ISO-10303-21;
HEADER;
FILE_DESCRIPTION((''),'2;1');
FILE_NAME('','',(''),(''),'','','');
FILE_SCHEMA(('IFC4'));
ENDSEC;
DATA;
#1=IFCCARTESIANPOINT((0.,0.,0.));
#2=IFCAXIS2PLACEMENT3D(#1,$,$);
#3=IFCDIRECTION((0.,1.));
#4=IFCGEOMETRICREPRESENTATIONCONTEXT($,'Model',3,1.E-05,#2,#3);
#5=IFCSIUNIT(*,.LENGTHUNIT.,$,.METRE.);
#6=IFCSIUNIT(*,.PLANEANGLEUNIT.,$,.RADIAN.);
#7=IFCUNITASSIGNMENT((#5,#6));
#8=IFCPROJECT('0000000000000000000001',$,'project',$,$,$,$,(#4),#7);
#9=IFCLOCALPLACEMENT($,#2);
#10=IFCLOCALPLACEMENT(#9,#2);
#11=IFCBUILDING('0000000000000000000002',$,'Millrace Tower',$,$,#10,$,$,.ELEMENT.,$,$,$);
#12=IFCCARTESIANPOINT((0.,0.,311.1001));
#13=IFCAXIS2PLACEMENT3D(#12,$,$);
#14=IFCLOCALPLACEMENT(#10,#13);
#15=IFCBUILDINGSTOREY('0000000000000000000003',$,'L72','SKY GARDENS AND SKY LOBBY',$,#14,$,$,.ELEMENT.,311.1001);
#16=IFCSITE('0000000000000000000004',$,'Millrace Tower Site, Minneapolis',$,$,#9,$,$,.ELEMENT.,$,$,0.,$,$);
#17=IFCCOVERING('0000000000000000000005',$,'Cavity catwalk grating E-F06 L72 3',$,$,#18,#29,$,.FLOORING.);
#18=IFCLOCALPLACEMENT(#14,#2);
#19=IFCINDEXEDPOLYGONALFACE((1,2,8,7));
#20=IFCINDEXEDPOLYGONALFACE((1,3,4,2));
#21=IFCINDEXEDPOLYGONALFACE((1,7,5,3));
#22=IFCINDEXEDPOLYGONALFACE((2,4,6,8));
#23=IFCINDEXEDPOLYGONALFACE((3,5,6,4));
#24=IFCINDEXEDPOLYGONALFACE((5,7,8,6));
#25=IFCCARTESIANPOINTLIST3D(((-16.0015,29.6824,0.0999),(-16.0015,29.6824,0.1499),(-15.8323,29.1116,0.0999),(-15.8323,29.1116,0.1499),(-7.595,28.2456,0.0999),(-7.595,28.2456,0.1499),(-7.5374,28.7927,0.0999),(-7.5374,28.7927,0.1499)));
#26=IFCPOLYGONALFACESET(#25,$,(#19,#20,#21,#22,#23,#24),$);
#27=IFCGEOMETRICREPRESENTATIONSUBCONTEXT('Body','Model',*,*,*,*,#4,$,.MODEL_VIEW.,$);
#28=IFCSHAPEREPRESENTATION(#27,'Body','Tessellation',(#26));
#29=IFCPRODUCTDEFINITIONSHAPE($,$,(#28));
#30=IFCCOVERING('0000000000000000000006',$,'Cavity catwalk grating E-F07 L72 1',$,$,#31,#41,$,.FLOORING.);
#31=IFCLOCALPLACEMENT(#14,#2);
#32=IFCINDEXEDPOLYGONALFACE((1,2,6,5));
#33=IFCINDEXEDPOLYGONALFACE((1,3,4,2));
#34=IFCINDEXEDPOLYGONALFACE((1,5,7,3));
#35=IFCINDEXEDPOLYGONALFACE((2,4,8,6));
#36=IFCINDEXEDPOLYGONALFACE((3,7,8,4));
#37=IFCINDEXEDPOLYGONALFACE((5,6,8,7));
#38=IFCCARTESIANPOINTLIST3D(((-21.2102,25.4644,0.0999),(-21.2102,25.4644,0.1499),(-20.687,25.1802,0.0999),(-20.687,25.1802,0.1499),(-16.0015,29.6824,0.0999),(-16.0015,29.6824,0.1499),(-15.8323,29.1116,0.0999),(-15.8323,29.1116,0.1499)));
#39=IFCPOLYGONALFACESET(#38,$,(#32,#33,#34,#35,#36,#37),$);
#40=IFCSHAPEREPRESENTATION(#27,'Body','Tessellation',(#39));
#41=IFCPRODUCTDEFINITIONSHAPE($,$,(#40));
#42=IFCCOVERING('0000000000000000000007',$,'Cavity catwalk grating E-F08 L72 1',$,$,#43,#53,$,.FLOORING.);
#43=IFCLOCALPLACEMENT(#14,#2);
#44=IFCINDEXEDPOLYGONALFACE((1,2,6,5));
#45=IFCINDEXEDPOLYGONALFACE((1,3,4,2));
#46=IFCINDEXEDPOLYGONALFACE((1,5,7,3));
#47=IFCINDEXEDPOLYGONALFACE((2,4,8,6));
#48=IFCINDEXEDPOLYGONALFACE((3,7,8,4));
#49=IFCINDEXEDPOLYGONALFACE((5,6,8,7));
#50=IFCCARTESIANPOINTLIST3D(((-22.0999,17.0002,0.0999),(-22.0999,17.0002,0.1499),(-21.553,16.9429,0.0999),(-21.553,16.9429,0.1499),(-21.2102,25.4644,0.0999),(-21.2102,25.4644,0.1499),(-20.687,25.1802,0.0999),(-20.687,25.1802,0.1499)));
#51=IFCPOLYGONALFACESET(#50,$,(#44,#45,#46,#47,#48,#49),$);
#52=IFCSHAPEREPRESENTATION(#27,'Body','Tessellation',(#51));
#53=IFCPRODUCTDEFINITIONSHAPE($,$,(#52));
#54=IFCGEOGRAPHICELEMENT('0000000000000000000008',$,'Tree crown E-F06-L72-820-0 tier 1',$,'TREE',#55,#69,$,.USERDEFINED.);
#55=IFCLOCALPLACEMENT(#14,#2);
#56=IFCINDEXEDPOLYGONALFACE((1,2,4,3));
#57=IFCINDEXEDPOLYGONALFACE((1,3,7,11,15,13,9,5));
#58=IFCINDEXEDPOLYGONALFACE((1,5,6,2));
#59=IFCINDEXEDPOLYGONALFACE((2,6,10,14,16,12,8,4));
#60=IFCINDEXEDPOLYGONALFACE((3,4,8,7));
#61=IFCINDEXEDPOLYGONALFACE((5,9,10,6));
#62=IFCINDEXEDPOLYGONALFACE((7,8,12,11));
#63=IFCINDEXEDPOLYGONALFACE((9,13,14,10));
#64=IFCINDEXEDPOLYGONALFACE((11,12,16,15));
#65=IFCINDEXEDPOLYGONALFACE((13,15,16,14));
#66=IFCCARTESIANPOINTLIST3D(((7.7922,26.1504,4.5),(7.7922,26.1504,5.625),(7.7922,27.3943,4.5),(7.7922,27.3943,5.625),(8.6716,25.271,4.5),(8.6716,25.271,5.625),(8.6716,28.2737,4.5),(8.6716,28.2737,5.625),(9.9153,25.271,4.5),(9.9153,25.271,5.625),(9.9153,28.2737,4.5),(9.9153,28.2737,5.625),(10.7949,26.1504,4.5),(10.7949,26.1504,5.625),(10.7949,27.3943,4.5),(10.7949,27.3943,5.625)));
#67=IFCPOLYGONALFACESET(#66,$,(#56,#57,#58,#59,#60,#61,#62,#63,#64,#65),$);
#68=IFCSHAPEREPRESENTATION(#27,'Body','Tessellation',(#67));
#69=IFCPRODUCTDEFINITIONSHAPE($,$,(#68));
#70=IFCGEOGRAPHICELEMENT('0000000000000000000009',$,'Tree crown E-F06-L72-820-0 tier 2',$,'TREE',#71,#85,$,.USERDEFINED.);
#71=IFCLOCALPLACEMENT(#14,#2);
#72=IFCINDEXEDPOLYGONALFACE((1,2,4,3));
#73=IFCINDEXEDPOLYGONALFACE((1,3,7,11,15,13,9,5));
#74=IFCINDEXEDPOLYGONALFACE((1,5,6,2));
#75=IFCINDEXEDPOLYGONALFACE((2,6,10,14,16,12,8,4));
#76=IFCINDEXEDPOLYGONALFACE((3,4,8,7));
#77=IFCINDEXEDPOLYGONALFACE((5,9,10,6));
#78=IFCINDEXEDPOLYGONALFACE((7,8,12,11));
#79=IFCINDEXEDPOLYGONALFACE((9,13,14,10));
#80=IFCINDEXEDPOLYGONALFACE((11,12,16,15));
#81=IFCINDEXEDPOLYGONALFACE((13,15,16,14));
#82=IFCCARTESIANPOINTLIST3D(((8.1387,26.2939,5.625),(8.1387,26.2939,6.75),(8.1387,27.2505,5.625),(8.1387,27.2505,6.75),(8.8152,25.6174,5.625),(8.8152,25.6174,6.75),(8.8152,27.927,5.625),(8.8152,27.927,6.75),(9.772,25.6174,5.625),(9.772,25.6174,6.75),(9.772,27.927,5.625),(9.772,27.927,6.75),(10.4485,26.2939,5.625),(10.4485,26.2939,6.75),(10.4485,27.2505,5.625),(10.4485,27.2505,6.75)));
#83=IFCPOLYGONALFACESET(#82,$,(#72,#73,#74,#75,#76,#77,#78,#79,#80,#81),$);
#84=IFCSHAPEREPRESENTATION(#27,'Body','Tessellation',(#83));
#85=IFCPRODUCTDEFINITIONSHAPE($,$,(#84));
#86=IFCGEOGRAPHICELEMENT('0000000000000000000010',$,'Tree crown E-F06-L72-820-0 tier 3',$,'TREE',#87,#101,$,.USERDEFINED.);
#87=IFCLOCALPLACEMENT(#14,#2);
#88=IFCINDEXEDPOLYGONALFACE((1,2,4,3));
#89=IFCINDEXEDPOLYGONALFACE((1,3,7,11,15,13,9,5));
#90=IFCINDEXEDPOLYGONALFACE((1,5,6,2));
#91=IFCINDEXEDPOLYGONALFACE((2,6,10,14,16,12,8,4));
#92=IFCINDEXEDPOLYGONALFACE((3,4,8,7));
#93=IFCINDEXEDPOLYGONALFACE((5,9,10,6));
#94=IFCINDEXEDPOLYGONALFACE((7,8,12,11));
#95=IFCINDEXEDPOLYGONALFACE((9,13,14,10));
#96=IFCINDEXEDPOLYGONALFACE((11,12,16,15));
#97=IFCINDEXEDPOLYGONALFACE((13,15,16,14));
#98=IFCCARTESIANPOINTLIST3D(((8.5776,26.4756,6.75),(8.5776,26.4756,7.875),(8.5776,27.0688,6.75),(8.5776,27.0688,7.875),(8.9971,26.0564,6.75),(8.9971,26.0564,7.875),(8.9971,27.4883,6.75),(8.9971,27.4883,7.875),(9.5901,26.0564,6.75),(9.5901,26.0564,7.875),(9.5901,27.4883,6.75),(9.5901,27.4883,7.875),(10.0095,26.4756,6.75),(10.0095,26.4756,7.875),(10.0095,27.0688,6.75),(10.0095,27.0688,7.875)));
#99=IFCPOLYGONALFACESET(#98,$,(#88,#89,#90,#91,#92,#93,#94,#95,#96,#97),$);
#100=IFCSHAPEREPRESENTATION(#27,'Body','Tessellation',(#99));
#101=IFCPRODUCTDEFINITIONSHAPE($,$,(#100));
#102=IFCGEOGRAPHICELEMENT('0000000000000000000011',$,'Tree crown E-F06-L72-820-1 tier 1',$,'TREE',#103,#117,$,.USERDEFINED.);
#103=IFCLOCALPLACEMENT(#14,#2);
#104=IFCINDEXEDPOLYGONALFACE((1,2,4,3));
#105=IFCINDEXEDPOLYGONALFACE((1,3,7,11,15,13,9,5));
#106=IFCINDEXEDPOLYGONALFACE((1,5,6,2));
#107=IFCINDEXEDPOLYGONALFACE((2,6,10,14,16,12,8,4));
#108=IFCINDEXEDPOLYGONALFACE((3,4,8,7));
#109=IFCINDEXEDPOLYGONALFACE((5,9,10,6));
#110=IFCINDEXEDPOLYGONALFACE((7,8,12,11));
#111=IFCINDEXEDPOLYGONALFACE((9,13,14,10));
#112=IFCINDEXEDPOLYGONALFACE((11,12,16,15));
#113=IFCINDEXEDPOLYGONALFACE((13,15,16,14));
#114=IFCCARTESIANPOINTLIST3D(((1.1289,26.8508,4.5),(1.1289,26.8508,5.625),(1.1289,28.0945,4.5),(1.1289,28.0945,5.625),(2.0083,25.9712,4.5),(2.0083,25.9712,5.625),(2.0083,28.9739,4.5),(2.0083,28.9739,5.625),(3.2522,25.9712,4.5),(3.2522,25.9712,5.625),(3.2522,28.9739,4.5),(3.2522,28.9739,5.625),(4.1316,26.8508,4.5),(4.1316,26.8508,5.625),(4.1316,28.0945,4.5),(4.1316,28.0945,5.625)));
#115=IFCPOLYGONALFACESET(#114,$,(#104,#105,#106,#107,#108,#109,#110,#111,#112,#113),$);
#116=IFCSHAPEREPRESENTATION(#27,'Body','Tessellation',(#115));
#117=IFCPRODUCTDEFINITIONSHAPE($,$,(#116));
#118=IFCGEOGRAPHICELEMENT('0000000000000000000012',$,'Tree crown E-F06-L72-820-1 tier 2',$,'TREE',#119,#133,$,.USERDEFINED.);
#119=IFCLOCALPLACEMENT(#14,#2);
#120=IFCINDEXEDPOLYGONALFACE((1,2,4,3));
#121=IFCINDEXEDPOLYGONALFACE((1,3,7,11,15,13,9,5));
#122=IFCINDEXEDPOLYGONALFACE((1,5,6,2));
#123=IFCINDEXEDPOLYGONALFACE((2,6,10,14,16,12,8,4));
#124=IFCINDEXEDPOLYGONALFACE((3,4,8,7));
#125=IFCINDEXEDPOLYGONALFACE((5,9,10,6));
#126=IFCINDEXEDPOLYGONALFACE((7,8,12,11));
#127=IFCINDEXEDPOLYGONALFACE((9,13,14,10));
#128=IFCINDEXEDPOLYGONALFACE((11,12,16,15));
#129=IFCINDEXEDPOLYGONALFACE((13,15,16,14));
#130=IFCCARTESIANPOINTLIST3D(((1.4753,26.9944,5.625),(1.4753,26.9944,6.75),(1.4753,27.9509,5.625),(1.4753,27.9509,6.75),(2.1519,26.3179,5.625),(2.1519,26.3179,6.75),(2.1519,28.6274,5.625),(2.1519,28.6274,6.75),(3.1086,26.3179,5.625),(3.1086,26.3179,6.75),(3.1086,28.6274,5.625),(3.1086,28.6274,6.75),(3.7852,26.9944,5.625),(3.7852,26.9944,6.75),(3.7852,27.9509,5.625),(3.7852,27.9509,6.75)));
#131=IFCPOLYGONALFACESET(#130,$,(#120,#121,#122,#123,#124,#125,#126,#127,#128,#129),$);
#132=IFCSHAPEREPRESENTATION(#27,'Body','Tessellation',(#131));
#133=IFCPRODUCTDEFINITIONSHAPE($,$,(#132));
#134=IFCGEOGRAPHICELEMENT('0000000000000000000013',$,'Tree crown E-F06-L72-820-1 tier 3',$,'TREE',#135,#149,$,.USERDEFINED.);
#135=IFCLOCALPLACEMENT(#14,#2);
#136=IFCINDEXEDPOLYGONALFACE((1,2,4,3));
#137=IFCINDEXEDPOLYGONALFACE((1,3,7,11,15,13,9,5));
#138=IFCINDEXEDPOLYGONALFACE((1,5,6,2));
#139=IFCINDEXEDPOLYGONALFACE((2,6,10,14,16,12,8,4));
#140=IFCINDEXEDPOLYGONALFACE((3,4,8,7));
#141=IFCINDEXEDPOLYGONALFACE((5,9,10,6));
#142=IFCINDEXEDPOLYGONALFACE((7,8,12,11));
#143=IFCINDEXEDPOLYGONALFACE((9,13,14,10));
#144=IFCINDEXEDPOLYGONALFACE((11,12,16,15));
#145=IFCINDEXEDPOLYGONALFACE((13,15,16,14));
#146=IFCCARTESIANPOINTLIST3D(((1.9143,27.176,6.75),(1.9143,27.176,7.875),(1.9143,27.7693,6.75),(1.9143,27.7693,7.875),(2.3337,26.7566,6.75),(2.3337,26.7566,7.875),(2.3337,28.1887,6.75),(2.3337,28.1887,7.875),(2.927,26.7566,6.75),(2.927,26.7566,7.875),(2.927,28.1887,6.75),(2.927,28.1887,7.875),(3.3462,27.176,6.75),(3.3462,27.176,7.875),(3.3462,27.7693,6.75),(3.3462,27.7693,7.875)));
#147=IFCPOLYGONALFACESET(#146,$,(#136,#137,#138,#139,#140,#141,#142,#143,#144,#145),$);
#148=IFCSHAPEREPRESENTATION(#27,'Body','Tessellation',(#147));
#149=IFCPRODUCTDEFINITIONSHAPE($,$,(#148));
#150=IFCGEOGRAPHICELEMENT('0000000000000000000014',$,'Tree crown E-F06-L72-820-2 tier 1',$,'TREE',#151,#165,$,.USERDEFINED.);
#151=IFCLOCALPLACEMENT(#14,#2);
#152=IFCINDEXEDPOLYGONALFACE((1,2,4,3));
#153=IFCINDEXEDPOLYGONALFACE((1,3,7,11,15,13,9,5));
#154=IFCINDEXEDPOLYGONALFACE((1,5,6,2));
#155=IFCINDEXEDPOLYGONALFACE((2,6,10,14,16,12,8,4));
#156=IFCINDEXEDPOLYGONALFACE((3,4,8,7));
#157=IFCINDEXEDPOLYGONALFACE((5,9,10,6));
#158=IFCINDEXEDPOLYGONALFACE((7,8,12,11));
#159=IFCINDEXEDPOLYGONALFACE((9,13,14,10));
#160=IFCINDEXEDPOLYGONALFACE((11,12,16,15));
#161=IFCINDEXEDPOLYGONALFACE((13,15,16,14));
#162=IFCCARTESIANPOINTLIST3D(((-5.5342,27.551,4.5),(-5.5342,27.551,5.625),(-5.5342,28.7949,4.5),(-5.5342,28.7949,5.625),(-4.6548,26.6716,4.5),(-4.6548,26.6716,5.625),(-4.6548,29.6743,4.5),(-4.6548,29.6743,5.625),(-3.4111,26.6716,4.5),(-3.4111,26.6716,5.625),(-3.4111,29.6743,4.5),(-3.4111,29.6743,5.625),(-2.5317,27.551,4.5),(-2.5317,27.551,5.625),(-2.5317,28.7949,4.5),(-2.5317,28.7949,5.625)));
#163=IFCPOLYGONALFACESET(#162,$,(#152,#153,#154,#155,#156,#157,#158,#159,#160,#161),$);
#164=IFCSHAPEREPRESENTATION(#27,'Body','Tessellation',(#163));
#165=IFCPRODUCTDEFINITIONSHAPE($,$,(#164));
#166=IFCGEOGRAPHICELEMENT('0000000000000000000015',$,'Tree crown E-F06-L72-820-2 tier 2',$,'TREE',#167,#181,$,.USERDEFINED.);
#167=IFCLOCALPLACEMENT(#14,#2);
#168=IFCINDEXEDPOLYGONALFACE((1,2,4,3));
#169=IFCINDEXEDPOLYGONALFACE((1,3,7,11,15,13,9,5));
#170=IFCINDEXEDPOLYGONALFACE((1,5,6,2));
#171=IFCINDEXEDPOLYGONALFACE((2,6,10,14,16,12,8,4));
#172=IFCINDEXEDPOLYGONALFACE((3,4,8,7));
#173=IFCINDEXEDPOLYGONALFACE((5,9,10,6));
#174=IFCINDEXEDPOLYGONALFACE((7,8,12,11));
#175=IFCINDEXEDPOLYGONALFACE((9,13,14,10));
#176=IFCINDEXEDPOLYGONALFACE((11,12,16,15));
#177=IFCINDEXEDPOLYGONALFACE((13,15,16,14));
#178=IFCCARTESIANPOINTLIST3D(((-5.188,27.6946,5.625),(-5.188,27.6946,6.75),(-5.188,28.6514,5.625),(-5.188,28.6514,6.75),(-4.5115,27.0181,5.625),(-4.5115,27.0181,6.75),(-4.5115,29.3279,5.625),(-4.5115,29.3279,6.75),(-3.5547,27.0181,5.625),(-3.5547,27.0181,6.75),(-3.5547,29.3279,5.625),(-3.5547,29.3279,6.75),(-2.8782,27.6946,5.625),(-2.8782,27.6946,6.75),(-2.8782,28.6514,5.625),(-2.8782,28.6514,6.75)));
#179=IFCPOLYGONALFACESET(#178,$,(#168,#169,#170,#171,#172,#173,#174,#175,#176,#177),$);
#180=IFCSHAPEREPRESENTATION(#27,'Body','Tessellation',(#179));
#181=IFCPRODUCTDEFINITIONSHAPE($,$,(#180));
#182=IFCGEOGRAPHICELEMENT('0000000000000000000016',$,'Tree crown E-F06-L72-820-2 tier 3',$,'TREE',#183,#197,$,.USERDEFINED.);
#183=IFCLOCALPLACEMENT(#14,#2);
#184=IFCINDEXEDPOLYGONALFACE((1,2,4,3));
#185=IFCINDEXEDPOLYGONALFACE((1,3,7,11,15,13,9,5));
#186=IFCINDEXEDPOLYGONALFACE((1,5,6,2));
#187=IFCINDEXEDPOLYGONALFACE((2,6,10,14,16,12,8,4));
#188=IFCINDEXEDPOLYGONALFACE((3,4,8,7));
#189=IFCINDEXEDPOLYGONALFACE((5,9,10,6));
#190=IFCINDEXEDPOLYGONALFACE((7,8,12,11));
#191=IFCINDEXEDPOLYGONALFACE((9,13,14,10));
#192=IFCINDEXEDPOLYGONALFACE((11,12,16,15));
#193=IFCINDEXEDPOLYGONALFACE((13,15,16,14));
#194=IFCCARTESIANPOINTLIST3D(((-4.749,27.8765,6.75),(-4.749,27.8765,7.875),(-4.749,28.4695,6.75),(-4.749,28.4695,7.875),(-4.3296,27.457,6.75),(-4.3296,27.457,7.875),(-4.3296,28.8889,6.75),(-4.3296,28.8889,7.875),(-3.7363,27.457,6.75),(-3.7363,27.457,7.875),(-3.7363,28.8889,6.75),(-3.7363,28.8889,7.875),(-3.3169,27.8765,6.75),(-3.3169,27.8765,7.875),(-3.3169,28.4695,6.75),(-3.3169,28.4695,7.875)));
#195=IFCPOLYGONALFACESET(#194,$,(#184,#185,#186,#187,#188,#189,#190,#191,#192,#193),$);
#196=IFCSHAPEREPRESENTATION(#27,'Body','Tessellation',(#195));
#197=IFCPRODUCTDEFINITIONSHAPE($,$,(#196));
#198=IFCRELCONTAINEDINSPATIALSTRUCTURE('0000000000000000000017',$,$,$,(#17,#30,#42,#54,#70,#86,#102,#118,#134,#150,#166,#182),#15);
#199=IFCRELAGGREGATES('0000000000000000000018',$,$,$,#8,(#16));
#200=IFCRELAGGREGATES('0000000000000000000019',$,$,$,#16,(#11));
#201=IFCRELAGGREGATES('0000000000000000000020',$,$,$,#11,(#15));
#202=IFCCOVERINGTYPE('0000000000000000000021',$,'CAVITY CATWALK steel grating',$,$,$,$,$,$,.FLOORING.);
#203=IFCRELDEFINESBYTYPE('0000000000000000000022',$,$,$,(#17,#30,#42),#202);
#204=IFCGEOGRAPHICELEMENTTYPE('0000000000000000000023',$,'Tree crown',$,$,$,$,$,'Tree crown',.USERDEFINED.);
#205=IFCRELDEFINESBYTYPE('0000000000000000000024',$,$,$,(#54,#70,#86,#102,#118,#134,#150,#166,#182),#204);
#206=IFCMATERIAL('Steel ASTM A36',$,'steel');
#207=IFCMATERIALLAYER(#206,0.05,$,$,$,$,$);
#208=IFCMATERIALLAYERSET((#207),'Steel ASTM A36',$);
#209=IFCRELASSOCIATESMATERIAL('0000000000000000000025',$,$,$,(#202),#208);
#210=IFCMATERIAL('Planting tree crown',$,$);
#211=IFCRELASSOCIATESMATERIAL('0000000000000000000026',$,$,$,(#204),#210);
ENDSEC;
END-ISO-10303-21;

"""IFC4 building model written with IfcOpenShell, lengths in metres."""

from ifc_helpers import new_model, si_unit, direction, frame, origin, place, context, subcontext, project, spatial, polyline, outline, extrude, material, layer, layer_set, type_object, element, save


model = new_model("IFC4")

# Units and contexts
model_context = context("Model", 3, precision=1e-05, world=origin(), true_north=direction((0.0, 1.0)))
body_context = subcontext(model_context, "Body", "Model", "MODEL_VIEW")
ifc_project = project(units=[si_unit("LENGTHUNIT", "METRE"), si_unit("PLANEANGLEUNIT", "RADIAN")], contexts=[model_context])

# Site, building, storey
site_placement = place(None, origin())
site = spatial("IfcSite", under=ifc_project, at=site_placement, Name="Millrace Tower Site, Minneapolis", CompositionType="ELEMENT", RefElevation=0.0)
building_placement = place(site_placement, origin())
building = spatial("IfcBuilding", under=site, at=building_placement, Name="Millrace Tower", CompositionType="ELEMENT")
storey_placement = place(building_placement, frame((0.0, 0.0, 311.1001)))
storey = spatial("IfcBuildingStorey", under=building, at=storey_placement, Name="L72", Description="SKY GARDENS AND SKY LOBBY", CompositionType="ELEMENT", Elevation=311.1001)

# Coverings
ifc_material_1 = material(Name="Steel ASTM A36", Category="steel")
ifc_layer_1 = layer(ifc_material_1, 0.05)
ifc_layer_set_1 = layer_set([ifc_layer_1], Name="Steel ASTM A36")
covering_type = type_object("IfcCoveringType", Name="CAVITY CATWALK steel grating", PredefinedType="FLOORING", material=ifc_layer_set_1)
placement_1 = place(storey_placement, frame((0.0, 0.0, 0.0999)))
element("IfcCovering", 1, at=placement_1, inside=storey, type_object=covering_type, Name="Cavity catwalk grating E-F06 L72 3", PredefinedType="FLOORING", context=body_context, shape_type="SweptSolid", body=[
    extrude(outline(polyline([(-7.5374, 28.7927), (-16.0015, 29.6824), (-15.8323, 29.1116), (-7.595, 28.2456), (-7.5374, 28.7927)])), origin(), (0.0, 0.0, 1.0), 0.05),
])
element("IfcCovering", 2, at=placement_1, inside=storey, type_object=covering_type, Name="Cavity catwalk grating E-F07 L72 1", PredefinedType="FLOORING", context=body_context, shape_type="SweptSolid", body=[
    extrude(outline(polyline([(-16.0015, 29.6824), (-21.2102, 25.4644), (-20.687, 25.1802), (-15.8323, 29.1116), (-16.0015, 29.6824)])), origin(), (0.0, 0.0, 1.0), 0.05),
])
element("IfcCovering", 3, at=placement_1, inside=storey, type_object=covering_type, Name="Cavity catwalk grating E-F08 L72 1", PredefinedType="FLOORING", context=body_context, shape_type="SweptSolid", body=[
    extrude(outline(polyline([(-21.2102, 25.4644), (-22.0999, 17.0002), (-21.553, 16.9429), (-20.687, 25.1802), (-21.2102, 25.4644)])), origin(), (0.0, 0.0, 1.0), 0.05),
])

# Geographic elements
ifc_material_2 = material(Name="Planting tree crown")
geographic_element_type = type_object("IfcGeographicElementType", Name="Tree crown", ElementType="Tree crown", PredefinedType="USERDEFINED", material=ifc_material_2)
placement_2 = place(storey_placement, frame((0.0, 0.0, 4.5)))
element("IfcGeographicElement", 4, at=placement_2, inside=storey, type_object=geographic_element_type, Name="Tree crown E-F06-L72-820-0 tier 1", ObjectType="TREE", PredefinedType="USERDEFINED", context=body_context, shape_type="SweptSolid", body=[
    extrude(outline(polyline([(10.7949, 27.3943), (9.9153, 28.2737), (8.6716, 28.2737), (7.7922, 27.3943), (7.7922, 26.1504), (8.6716, 25.271), (9.9153, 25.271), (10.7949, 26.1504), (10.7949, 27.3943)])), origin(), (0.0, 0.0, 1.0), 1.125),
])
placement_3 = place(storey_placement, frame((0.0, 0.0, 5.625)))
element("IfcGeographicElement", 5, at=placement_3, inside=storey, type_object=geographic_element_type, Name="Tree crown E-F06-L72-820-0 tier 2", ObjectType="TREE", PredefinedType="USERDEFINED", context=body_context, shape_type="SweptSolid", body=[
    extrude(outline(polyline([(10.4485, 27.2505), (9.772, 27.927), (8.8152, 27.927), (8.1387, 27.2505), (8.1387, 26.2939), (8.8152, 25.6174), (9.772, 25.6174), (10.4485, 26.2939), (10.4485, 27.2505)])), origin(), (0.0, 0.0, 1.0), 1.125),
])
placement_4 = place(storey_placement, frame((0.0, 0.0, 6.75)))
element("IfcGeographicElement", 6, at=placement_4, inside=storey, type_object=geographic_element_type, Name="Tree crown E-F06-L72-820-0 tier 3", ObjectType="TREE", PredefinedType="USERDEFINED", context=body_context, shape_type="SweptSolid", body=[
    extrude(outline(polyline([(10.0095, 27.0688), (9.5901, 27.4883), (8.9971, 27.4883), (8.5776, 27.0688), (8.5776, 26.4756), (8.9971, 26.0564), (9.5901, 26.0564), (10.0095, 26.4756), (10.0095, 27.0688)])), origin(), (0.0, 0.0, 1.0), 1.125),
])
element("IfcGeographicElement", 7, at=placement_2, inside=storey, type_object=geographic_element_type, Name="Tree crown E-F06-L72-820-1 tier 1", ObjectType="TREE", PredefinedType="USERDEFINED", context=body_context, shape_type="SweptSolid", body=[
    extrude(outline(polyline([(4.1316, 28.0945), (3.2522, 28.9739), (2.0083, 28.9739), (1.1289, 28.0945), (1.1289, 26.8508), (2.0083, 25.9712), (3.2522, 25.9712), (4.1316, 26.8508), (4.1316, 28.0945)])), origin(), (0.0, 0.0, 1.0), 1.125),
])
element("IfcGeographicElement", 8, at=placement_3, inside=storey, type_object=geographic_element_type, Name="Tree crown E-F06-L72-820-1 tier 2", ObjectType="TREE", PredefinedType="USERDEFINED", context=body_context, shape_type="SweptSolid", body=[
    extrude(outline(polyline([(3.7852, 27.9509), (3.1086, 28.6274), (2.1519, 28.6274), (1.4753, 27.9509), (1.4753, 26.9944), (2.1519, 26.3179), (3.1086, 26.3179), (3.7852, 26.9944), (3.7852, 27.9509)])), origin(), (0.0, 0.0, 1.0), 1.125),
])
element("IfcGeographicElement", 9, at=placement_4, inside=storey, type_object=geographic_element_type, Name="Tree crown E-F06-L72-820-1 tier 3", ObjectType="TREE", PredefinedType="USERDEFINED", context=body_context, shape_type="SweptSolid", body=[
    extrude(outline(polyline([(3.3462, 27.7693), (2.927, 28.1887), (2.3337, 28.1887), (1.9143, 27.7693), (1.9143, 27.176), (2.3337, 26.7566), (2.927, 26.7566), (3.3462, 27.176), (3.3462, 27.7693)])), origin(), (0.0, 0.0, 1.0), 1.125),
])
element("IfcGeographicElement", 10, at=placement_2, inside=storey, type_object=geographic_element_type, Name="Tree crown E-F06-L72-820-2 tier 1", ObjectType="TREE", PredefinedType="USERDEFINED", context=body_context, shape_type="SweptSolid", body=[
    extrude(outline(polyline([(-2.5317, 28.7949), (-3.4111, 29.6743), (-4.6548, 29.6743), (-5.5342, 28.7949), (-5.5342, 27.551), (-4.6548, 26.6716), (-3.4111, 26.6716), (-2.5317, 27.551), (-2.5317, 28.7949)])), origin(), (0.0, 0.0, 1.0), 1.125),
])
element("IfcGeographicElement", 11, at=placement_3, inside=storey, type_object=geographic_element_type, Name="Tree crown E-F06-L72-820-2 tier 2", ObjectType="TREE", PredefinedType="USERDEFINED", context=body_context, shape_type="SweptSolid", body=[
    extrude(outline(polyline([(-2.8782, 28.6514), (-3.5547, 29.3279), (-4.5115, 29.3279), (-5.188, 28.6514), (-5.188, 27.6946), (-4.5115, 27.0181), (-3.5547, 27.0181), (-2.8782, 27.6946), (-2.8782, 28.6514)])), origin(), (0.0, 0.0, 1.0), 1.125),
])
element("IfcGeographicElement", 12, at=placement_4, inside=storey, type_object=geographic_element_type, Name="Tree crown E-F06-L72-820-2 tier 3", ObjectType="TREE", PredefinedType="USERDEFINED", context=body_context, shape_type="SweptSolid", body=[
    extrude(outline(polyline([(-3.3169, 28.4695), (-3.7363, 28.8889), (-4.3296, 28.8889), (-4.749, 28.4695), (-4.749, 27.8765), (-4.3296, 27.457), (-3.7363, 27.457), (-3.3169, 27.8765), (-3.3169, 28.4695)])), origin(), (0.0, 0.0, 1.0), 1.125),
])

save(model, "model.ifc")
